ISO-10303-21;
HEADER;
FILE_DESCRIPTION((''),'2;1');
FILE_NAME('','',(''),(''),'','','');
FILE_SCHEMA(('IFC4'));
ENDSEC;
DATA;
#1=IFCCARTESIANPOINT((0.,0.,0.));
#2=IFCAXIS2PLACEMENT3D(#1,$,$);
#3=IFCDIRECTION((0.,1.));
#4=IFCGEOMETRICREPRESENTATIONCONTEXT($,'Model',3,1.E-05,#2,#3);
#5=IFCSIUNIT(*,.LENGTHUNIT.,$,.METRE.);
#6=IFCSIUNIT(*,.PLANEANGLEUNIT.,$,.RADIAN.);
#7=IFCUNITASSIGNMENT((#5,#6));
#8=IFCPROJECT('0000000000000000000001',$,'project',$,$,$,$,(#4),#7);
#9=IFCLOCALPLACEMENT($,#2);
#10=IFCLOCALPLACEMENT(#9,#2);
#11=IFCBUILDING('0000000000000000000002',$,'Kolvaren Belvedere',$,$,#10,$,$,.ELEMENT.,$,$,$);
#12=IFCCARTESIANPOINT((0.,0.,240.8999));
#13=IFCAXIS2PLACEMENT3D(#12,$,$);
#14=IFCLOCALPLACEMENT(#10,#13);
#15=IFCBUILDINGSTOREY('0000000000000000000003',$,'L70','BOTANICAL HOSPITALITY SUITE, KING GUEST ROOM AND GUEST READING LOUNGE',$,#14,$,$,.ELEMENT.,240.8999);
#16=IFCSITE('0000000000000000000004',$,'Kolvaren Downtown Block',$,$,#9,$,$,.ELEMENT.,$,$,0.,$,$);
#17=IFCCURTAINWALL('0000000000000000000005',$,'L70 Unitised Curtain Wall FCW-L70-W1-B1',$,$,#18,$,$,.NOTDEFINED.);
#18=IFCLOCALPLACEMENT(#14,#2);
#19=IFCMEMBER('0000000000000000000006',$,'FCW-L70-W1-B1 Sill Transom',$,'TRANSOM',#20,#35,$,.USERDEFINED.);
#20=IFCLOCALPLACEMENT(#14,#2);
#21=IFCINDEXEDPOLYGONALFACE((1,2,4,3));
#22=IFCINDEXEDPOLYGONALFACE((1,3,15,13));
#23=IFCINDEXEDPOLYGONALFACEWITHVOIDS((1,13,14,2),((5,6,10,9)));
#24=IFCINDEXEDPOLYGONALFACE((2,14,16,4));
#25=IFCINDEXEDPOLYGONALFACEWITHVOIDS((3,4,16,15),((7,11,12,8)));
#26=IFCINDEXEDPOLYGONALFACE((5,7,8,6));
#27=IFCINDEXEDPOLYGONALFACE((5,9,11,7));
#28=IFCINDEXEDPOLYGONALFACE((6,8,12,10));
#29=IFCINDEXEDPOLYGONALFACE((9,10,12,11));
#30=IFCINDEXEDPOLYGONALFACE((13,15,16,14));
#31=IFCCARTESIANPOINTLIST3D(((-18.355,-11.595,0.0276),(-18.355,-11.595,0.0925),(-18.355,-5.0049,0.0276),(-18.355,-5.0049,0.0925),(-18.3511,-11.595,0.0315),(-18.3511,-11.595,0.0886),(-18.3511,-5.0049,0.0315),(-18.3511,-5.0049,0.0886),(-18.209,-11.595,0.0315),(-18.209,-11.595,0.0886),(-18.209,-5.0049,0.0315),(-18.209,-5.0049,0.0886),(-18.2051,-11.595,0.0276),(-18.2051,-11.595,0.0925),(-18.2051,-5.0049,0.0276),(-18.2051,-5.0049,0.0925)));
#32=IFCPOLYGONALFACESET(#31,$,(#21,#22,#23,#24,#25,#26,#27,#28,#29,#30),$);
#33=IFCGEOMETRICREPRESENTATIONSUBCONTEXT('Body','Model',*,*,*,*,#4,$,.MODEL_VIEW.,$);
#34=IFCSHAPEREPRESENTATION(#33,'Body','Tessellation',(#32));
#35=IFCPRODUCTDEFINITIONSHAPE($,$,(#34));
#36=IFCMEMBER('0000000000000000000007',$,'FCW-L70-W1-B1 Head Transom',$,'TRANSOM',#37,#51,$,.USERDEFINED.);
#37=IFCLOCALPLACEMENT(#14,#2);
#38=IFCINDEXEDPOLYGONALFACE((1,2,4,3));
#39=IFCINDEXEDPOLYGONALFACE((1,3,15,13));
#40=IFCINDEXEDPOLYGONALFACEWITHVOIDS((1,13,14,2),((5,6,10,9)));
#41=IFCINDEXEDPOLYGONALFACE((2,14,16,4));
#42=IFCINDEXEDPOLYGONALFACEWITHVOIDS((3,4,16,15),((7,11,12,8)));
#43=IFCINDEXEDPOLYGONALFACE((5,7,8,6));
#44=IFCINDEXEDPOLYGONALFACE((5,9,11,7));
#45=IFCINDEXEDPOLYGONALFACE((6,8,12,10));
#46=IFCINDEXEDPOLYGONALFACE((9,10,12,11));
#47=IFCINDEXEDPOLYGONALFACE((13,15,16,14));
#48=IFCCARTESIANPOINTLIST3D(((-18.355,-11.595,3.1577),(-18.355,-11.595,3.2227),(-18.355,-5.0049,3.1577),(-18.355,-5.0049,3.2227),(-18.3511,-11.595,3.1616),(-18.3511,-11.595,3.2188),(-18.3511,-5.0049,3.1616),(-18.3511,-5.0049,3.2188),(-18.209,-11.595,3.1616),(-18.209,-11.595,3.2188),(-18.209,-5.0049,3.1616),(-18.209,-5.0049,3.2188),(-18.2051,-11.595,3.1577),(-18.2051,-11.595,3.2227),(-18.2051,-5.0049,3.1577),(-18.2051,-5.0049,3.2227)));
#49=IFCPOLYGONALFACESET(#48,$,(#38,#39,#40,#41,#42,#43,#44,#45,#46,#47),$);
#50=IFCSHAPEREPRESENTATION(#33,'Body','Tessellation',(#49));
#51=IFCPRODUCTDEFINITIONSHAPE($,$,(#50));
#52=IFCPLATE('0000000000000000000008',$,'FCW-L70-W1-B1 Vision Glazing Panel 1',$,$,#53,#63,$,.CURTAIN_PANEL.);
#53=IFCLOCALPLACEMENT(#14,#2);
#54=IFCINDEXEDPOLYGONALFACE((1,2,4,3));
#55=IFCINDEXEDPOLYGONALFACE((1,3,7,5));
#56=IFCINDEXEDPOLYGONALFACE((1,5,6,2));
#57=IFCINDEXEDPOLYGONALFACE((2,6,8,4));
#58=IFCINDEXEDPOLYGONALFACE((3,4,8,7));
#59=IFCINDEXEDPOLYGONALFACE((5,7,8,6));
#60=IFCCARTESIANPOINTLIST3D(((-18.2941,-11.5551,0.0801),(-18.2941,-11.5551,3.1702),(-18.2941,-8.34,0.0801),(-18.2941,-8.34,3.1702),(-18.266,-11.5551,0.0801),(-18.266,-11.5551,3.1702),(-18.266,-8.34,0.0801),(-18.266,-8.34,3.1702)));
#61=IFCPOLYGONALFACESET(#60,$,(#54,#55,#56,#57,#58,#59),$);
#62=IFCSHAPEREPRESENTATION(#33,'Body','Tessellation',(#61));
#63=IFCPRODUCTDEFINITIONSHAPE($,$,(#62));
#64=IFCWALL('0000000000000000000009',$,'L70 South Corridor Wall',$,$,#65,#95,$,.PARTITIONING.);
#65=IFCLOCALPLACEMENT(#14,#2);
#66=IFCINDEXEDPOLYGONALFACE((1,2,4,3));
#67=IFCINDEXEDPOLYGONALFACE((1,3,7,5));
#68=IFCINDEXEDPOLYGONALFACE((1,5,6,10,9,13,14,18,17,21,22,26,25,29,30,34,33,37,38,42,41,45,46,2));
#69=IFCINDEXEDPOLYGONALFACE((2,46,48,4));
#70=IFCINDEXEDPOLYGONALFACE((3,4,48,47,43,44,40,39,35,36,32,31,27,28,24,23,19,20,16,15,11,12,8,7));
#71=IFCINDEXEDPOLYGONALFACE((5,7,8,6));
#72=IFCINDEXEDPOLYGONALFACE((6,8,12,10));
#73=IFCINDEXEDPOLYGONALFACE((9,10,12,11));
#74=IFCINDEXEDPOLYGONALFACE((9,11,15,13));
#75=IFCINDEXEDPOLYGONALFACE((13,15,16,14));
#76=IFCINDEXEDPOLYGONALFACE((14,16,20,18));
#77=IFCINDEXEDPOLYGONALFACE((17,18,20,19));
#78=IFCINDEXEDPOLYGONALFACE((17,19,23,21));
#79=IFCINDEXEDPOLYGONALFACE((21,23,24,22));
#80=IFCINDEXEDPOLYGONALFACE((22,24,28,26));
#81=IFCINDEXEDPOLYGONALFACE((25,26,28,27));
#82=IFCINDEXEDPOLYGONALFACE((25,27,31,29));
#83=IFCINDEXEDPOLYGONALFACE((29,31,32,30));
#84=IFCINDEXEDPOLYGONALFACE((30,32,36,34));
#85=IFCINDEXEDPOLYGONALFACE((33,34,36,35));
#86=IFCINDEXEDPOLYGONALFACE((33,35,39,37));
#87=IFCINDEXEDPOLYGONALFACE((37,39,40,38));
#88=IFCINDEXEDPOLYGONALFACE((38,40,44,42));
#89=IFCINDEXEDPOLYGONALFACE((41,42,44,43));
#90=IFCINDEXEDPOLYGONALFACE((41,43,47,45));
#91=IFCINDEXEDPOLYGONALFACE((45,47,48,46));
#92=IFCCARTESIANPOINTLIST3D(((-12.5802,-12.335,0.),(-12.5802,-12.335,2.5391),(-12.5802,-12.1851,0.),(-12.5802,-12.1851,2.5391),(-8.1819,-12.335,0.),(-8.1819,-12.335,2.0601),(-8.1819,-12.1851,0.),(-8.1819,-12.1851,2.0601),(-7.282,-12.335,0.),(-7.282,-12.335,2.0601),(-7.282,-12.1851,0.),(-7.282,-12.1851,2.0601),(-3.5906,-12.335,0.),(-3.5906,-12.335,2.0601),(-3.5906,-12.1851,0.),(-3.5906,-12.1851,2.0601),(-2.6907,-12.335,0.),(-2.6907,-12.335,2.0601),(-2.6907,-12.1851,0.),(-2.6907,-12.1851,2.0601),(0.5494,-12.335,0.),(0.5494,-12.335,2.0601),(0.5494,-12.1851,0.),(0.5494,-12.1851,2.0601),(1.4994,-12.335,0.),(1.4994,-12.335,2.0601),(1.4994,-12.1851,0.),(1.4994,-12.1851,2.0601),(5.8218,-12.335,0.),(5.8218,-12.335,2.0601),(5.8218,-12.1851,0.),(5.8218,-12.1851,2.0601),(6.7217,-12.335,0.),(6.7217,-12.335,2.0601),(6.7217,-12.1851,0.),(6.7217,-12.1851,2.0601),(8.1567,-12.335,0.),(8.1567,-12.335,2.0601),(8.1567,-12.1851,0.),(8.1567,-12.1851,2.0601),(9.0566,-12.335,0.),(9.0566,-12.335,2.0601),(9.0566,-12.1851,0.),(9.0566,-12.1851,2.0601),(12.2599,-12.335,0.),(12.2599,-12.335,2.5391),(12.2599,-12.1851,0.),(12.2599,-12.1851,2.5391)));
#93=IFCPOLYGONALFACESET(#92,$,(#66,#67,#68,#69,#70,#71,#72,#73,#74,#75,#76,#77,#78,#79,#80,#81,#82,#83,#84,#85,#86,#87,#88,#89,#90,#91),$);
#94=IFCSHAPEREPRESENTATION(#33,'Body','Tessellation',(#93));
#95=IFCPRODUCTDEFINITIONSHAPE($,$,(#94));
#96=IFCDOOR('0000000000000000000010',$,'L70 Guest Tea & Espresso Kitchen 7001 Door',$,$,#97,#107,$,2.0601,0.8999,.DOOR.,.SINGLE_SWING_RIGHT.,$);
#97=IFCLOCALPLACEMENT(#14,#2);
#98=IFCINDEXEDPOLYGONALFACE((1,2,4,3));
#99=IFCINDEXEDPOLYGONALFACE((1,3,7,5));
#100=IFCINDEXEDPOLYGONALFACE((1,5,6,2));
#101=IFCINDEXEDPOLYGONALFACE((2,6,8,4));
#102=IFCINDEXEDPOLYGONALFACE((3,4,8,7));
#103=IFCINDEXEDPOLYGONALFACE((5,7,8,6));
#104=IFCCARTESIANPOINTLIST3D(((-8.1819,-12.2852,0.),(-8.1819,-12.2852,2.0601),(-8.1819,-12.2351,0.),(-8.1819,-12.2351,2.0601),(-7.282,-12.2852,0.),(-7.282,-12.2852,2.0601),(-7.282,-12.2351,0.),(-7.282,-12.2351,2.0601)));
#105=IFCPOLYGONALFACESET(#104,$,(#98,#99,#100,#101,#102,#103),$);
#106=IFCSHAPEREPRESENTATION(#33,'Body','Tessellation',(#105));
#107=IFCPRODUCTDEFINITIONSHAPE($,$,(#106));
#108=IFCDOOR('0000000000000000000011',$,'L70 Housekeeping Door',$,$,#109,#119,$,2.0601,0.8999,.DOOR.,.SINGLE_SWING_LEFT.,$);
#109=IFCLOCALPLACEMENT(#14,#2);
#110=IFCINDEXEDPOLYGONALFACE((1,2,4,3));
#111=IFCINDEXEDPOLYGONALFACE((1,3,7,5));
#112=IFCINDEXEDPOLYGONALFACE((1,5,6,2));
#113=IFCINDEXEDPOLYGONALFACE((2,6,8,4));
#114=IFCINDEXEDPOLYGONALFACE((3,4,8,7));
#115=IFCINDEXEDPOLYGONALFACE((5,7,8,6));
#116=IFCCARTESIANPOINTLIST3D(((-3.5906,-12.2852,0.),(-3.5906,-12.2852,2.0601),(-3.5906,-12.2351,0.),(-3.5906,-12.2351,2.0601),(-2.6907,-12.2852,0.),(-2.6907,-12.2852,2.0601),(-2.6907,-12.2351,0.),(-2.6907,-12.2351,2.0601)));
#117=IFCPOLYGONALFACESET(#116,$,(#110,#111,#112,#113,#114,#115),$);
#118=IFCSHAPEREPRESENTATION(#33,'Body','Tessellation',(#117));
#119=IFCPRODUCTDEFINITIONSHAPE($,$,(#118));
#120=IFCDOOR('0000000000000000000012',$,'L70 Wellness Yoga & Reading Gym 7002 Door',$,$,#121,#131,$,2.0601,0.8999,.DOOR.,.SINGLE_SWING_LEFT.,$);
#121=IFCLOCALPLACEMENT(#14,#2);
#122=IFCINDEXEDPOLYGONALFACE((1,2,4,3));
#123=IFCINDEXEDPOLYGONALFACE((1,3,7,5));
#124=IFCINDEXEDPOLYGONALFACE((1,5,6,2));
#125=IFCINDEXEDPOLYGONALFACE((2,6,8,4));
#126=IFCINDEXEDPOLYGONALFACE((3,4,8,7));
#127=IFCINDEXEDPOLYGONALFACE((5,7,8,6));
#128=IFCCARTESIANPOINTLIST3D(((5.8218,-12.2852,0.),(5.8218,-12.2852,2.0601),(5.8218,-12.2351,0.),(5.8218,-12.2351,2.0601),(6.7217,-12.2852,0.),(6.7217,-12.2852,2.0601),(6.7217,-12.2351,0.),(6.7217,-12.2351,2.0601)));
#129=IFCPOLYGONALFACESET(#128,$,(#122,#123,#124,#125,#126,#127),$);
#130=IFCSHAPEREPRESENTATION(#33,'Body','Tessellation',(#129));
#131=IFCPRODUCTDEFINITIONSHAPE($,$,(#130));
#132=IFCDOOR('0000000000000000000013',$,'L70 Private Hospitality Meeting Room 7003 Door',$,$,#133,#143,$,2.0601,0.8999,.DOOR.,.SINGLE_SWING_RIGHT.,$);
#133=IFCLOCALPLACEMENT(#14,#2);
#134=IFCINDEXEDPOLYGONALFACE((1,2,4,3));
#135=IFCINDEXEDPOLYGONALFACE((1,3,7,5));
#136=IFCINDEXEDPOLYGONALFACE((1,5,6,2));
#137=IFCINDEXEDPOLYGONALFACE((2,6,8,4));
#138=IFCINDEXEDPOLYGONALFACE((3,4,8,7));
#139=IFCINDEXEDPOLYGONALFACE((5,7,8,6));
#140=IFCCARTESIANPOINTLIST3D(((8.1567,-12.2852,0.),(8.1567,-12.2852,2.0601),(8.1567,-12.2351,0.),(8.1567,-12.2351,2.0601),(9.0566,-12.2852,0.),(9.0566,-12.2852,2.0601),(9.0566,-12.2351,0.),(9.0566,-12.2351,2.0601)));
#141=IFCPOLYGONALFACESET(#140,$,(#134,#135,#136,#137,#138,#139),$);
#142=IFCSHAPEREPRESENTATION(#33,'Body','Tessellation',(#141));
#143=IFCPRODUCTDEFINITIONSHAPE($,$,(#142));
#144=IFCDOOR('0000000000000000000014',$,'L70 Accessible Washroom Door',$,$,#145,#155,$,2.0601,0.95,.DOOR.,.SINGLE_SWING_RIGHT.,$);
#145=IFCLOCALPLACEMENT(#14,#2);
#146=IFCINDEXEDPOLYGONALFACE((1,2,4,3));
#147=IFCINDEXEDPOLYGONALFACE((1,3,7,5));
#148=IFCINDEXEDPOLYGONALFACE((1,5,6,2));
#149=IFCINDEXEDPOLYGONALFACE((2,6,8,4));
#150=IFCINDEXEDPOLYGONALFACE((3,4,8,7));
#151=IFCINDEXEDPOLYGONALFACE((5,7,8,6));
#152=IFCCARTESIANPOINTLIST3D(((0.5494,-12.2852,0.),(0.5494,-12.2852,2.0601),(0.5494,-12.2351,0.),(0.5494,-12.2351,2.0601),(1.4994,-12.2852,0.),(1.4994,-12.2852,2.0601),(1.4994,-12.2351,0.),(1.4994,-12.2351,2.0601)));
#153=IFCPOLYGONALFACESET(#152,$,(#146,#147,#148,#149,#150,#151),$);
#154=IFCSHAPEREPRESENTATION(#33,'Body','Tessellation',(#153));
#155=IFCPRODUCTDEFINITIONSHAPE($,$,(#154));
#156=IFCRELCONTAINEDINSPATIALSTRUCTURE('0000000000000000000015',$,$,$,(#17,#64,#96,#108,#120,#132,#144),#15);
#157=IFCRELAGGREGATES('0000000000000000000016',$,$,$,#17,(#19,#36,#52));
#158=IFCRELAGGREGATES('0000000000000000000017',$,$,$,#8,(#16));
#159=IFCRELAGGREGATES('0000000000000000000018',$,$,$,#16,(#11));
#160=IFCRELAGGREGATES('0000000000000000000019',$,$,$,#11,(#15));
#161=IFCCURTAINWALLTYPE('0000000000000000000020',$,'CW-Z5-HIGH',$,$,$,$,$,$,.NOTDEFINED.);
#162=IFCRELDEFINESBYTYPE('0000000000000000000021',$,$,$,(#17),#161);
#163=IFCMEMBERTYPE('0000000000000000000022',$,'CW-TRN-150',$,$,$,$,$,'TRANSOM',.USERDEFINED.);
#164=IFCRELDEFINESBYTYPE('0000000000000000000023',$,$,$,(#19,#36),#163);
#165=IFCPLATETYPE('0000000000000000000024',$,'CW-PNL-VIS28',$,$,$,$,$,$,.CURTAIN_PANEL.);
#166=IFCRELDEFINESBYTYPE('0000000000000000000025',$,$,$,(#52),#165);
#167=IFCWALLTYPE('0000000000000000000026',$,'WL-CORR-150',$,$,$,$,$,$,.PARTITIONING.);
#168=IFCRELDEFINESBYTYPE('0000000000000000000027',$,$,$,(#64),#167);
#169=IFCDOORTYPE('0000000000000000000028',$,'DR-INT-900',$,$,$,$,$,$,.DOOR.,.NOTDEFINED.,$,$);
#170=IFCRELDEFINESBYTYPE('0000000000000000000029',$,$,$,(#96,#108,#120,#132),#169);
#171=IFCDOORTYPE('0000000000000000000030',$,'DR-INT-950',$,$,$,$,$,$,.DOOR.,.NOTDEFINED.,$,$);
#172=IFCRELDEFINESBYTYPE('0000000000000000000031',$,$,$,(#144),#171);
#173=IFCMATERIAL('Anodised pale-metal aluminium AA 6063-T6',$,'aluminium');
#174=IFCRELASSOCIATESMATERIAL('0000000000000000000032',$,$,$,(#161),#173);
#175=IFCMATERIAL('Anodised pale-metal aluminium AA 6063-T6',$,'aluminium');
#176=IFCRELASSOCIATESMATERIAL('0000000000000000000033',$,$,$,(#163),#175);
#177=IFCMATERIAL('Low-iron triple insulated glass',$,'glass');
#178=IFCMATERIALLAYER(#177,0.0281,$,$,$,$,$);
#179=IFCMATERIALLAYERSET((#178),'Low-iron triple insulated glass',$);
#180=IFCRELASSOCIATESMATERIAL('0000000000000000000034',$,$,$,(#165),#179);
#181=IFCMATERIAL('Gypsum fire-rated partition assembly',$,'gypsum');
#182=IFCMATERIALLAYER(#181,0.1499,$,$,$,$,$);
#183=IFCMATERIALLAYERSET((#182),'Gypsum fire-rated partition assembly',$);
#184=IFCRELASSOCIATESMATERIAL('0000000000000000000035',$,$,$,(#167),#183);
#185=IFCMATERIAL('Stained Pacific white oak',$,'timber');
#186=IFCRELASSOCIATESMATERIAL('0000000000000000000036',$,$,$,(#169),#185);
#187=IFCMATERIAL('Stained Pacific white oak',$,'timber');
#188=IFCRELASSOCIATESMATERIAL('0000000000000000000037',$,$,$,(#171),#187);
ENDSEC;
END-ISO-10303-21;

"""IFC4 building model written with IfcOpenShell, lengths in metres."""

from ifc_helpers import new_model, si_unit, direction, frame, frame_2d, origin, origin_2d, place, context, subcontext, project, spatial, rectangle, hollow_rectangle, extrude, material, layer, layer_set, material_profile, profile_set, type_object, element, fill, aggregate, save


model = new_model("IFC4")

# Units and contexts
model_context = context("Model", 3, precision=1e-05, world=origin(), true_north=direction((0.0, 1.0)))
body_context = subcontext(model_context, "Body", "Model", "MODEL_VIEW")
ifc_project = project(units=[si_unit("LENGTHUNIT", "METRE"), si_unit("PLANEANGLEUNIT", "RADIAN")], contexts=[model_context])

# Site, building, storey
site_placement = place(None, origin())
site = spatial("IfcSite", under=ifc_project, at=site_placement, Name="Kolvaren Downtown Block", CompositionType="ELEMENT", RefElevation=0.0)
building_placement = place(site_placement, origin())
building = spatial("IfcBuilding", under=site, at=building_placement, Name="Kolvaren Belvedere", CompositionType="ELEMENT")
storey_placement = place(building_placement, frame((0.0, 0.0, 240.8999)))
storey = spatial("IfcBuildingStorey", under=building, at=storey_placement, Name="L70", Description="BOTANICAL HOSPITALITY SUITE, KING GUEST ROOM AND GUEST READING LOUNGE", CompositionType="ELEMENT", Elevation=240.8999)

# Curtain wall, members, plate
ifc_material_1 = material(Name="Anodised pale-metal aluminium AA 6063-T6", Category="aluminium")
curtain_wall_type = type_object("IfcCurtainWallType", Name="CW-Z5-HIGH", PredefinedType="NOTDEFINED", material=ifc_material_1)
curtain_wall_placement = place(storey_placement, origin())
curtain_wall = element("IfcCurtainWall", 1, at=curtain_wall_placement, inside=storey, type_object=curtain_wall_type, Name="L70 Unitised Curtain Wall FCW-L70-W1-B1", PredefinedType="NOTDEFINED")
ifc_material_2 = material(Name="Anodised pale-metal aluminium AA 6063-T6", Category="aluminium")
ifc_material_profile_1 = material_profile(ifc_material_2, hollow_rectangle(XDim=0.0649, YDim=0.1499, WallThickness=0.0039, at=origin_2d()), Name="ALU-TRN-150X65")
ifc_profile_set_1 = profile_set([ifc_material_profile_1], Name="Anodised pale-metal aluminium AA 6063-T6")
member_type_1 = type_object("IfcMemberType", Name="CW-TRN-150", ElementType="TRANSOM", PredefinedType="USERDEFINED", material=ifc_profile_set_1)
member_1_placement = place(storey_placement, frame((-18.28, -11.595, 0.0601), z_axis=(0.0, 1.0, 0.0), x_axis=(0.0, 0.0, 1.0)))
member_1 = element("IfcMember", 2, at=member_1_placement, type_object=member_type_1, Name="FCW-L70-W1-B1 Sill Transom", ObjectType="TRANSOM", PredefinedType="USERDEFINED", context=body_context, shape_type="SweptSolid", body=[
    extrude(hollow_rectangle(XDim=0.0649, YDim=0.1499, WallThickness=0.0039, at=origin_2d()), origin(), (0.0, 0.0, 1.0), 6.5901),
])
member_2_placement = place(storey_placement, frame((-18.28, -11.595, 3.1902), z_axis=(0.0, 1.0, 0.0), x_axis=(0.0, 0.0, 1.0)))
member_2 = element("IfcMember", 3, at=member_2_placement, type_object=member_type_1, Name="FCW-L70-W1-B1 Head Transom", ObjectType="TRANSOM", PredefinedType="USERDEFINED", context=body_context, shape_type="SweptSolid", body=[
    extrude(hollow_rectangle(XDim=0.0649, YDim=0.1499, WallThickness=0.0039, at=origin_2d()), origin(), (0.0, 0.0, 1.0), 6.5901),
])
ifc_material_3 = material(Name="Low-iron triple insulated glass", Category="glass")
ifc_layer_1 = layer(ifc_material_3, 0.0281)
ifc_layer_set_1 = layer_set([ifc_layer_1], Name="Low-iron triple insulated glass")
plate_type = type_object("IfcPlateType", Name="CW-PNL-VIS28", PredefinedType="CURTAIN_PANEL", material=ifc_layer_set_1)
plate_placement = place(storey_placement, frame((-18.28, -9.9475, 0.0801), z_axis=(0.0, 0.0, 1.0), x_axis=(0.0, 1.0, 0.0)))
plate = element("IfcPlate", 4, at=plate_placement, type_object=plate_type, Name="FCW-L70-W1-B1 Vision Glazing Panel 1", PredefinedType="CURTAIN_PANEL", context=body_context, shape_type="SweptSolid", body=[
    extrude(rectangle(XDim=3.2151, YDim=0.0281, at=origin_2d()), origin(), (0.0, 0.0, 1.0), 3.0901),
])
aggregate(curtain_wall, [member_1, member_2, plate])

# Wall, openings, doors
ifc_material_4 = material(Name="Gypsum fire-rated partition assembly", Category="gypsum")
ifc_layer_2 = layer(ifc_material_4, 0.1499)
ifc_layer_set_2 = layer_set([ifc_layer_2], Name="Gypsum fire-rated partition assembly")
wall_type_1 = type_object("IfcWallType", Name="WL-CORR-150", PredefinedType="PARTITIONING", material=ifc_layer_set_2)
wall_1_placement = place(storey_placement, frame((-12.5801, -12.26, 0.0), z_axis=(0.0, 0.0, 1.0), x_axis=(1.0, 0.0, 0.0)))
wall_1 = element("IfcWall", 5, at=wall_1_placement, inside=storey, type_object=wall_type_1, Name="L70 South Corridor Wall", PredefinedType="PARTITIONING", context=body_context, shape_type="SweptSolid", body=[
    extrude(rectangle(XDim=24.8401, YDim=0.1499, at=frame_2d((12.4199, 0.0))), origin(), (0.0, 0.0, 1.0), 2.5391),
])
opening_1_placement = place(wall_1_placement, frame((4.3982, 0.0, 0.0)))
opening_1 = element("IfcOpeningElement", 6, at=opening_1_placement, cuts=wall_1, PredefinedType="OPENING", context=body_context, shape_type="SweptSolid", body=[
    extrude(rectangle(XDim=0.8999, YDim=2.0601, at=frame_2d((0.45, 1.03))), frame((0.0, 0.085, 0.0), z_axis=(0.0, -1.0, 0.0), x_axis=(1.0, 0.0, 0.0)), (0.0, 0.0, 1.0), 0.1699),
])
opening_2_placement = place(wall_1_placement, frame((8.9895, 0.0, 0.0)))
opening_2 = element("IfcOpeningElement", 7, at=opening_2_placement, cuts=wall_1, PredefinedType="OPENING", context=body_context, shape_type="SweptSolid", body=[
    extrude(rectangle(XDim=0.8999, YDim=2.0601, at=frame_2d((0.45, 1.03))), frame((0.0, 0.085, 0.0), z_axis=(0.0, -1.0, 0.0), x_axis=(1.0, 0.0, 0.0)), (0.0, 0.0, 1.0), 0.1699),
])
opening_3_placement = place(wall_1_placement, frame((13.1294, 0.0, 0.0)))
opening_3 = element("IfcOpeningElement", 8, at=opening_3_placement, cuts=wall_1, PredefinedType="OPENING", context=body_context, shape_type="SweptSolid", body=[
    extrude(rectangle(XDim=0.95, YDim=2.0601, at=frame_2d((0.4751, 1.03))), frame((0.0, 0.085, 0.0), z_axis=(0.0, -1.0, 0.0), x_axis=(1.0, 0.0, 0.0)), (0.0, 0.0, 1.0), 0.1699),
])
opening_4_placement = place(wall_1_placement, frame((18.4019, 0.0, 0.0)))
opening_4 = element("IfcOpeningElement", 9, at=opening_4_placement, cuts=wall_1, PredefinedType="OPENING", context=body_context, shape_type="SweptSolid", body=[
    extrude(rectangle(XDim=0.8999, YDim=2.0601, at=frame_2d((0.45, 1.03))), frame((0.0, 0.085, 0.0), z_axis=(0.0, -1.0, 0.0), x_axis=(1.0, 0.0, 0.0)), (0.0, 0.0, 1.0), 0.1699),
])
opening_5_placement = place(wall_1_placement, frame((20.7368, 0.0, 0.0)))
opening_5 = element("IfcOpeningElement", 10, at=opening_5_placement, cuts=wall_1, PredefinedType="OPENING", context=body_context, shape_type="SweptSolid", body=[
    extrude(rectangle(XDim=0.8999, YDim=2.0601, at=frame_2d((0.45, 1.03))), frame((0.0, 0.085, 0.0), z_axis=(0.0, -1.0, 0.0), x_axis=(1.0, 0.0, 0.0)), (0.0, 0.0, 1.0), 0.1699),
])
ifc_material_5 = material(Name="Stained Pacific white oak", Category="timber")
door_type_1 = type_object("IfcDoorType", Name="DR-INT-900", OperationType="NOTDEFINED", PredefinedType="DOOR", material=ifc_material_5)
door_1_placement = place(opening_1_placement, origin())
door_1 = element("IfcDoor", 11, at=door_1_placement, inside=storey, type_object=door_type_1, Name="L70 Guest Tea & Espresso Kitchen 7001 Door", OperationType="SINGLE_SWING_RIGHT", OverallHeight=2.0601, OverallWidth=0.8999, PredefinedType="DOOR", context=body_context, shape_type="SweptSolid", body=[
    extrude(rectangle(XDim=0.8999, YDim=2.0601, at=frame_2d((0.45, 1.03))), frame((0.0, 0.0249, 0.0), z_axis=(0.0, -1.0, 0.0), x_axis=(1.0, 0.0, 0.0)), (0.0, 0.0, 1.0), 0.05),
])
fill(opening_1, door_1)
door_2_placement = place(opening_2_placement, origin())
door_2 = element("IfcDoor", 12, at=door_2_placement, inside=storey, type_object=door_type_1, Name="L70 Housekeeping Door", OperationType="SINGLE_SWING_LEFT", OverallHeight=2.0601, OverallWidth=0.8999, PredefinedType="DOOR", context=body_context, shape_type="SweptSolid", body=[
    extrude(rectangle(XDim=0.8999, YDim=2.0601, at=frame_2d((0.45, 1.03))), frame((0.0, 0.0249, 0.0), z_axis=(0.0, -1.0, 0.0), x_axis=(1.0, 0.0, 0.0)), (0.0, 0.0, 1.0), 0.05),
])
fill(opening_2, door_2)
door_3_placement = place(opening_4_placement, origin())
door_3 = element("IfcDoor", 13, at=door_3_placement, inside=storey, type_object=door_type_1, Name="L70 Wellness Yoga & Reading Gym 7002 Door", OperationType="SINGLE_SWING_LEFT", OverallHeight=2.0601, OverallWidth=0.8999, PredefinedType="DOOR", context=body_context, shape_type="SweptSolid", body=[
    extrude(rectangle(XDim=0.8999, YDim=2.0601, at=frame_2d((0.45, 1.03))), frame((0.0, 0.0249, 0.0), z_axis=(0.0, -1.0, 0.0), x_axis=(1.0, 0.0, 0.0)), (0.0, 0.0, 1.0), 0.05),
])
fill(opening_4, door_3)
door_4_placement = place(opening_5_placement, origin())
door_4 = element("IfcDoor", 14, at=door_4_placement, inside=storey, type_object=door_type_1, Name="L70 Private Hospitality Meeting Room 7003 Door", OperationType="SINGLE_SWING_RIGHT", OverallHeight=2.0601, OverallWidth=0.8999, PredefinedType="DOOR", context=body_context, shape_type="SweptSolid", body=[
    extrude(rectangle(XDim=0.8999, YDim=2.0601, at=frame_2d((0.45, 1.03))), frame((0.0, 0.0249, 0.0), z_axis=(0.0, -1.0, 0.0), x_axis=(1.0, 0.0, 0.0)), (0.0, 0.0, 1.0), 0.05),
])
fill(opening_5, door_4)
ifc_material_6 = material(Name="Stained Pacific white oak", Category="timber")
door_type_2 = type_object("IfcDoorType", Name="DR-INT-950", OperationType="NOTDEFINED", PredefinedType="DOOR", material=ifc_material_6)
door_5_placement = place(opening_3_placement, origin())
door_5 = element("IfcDoor", 15, at=door_5_placement, inside=storey, type_object=door_type_2, Name="L70 Accessible Washroom Door", OperationType="SINGLE_SWING_RIGHT", OverallHeight=2.0601, OverallWidth=0.95, PredefinedType="DOOR", context=body_context, shape_type="SweptSolid", body=[
    extrude(rectangle(XDim=0.95, YDim=2.0601, at=frame_2d((0.4751, 1.03))), frame((0.0, 0.0249, 0.0), z_axis=(0.0, -1.0, 0.0), x_axis=(1.0, 0.0, 0.0)), (0.0, 0.0, 1.0), 0.05),
])
fill(opening_3, door_5)

save(model, "model.ifc")
